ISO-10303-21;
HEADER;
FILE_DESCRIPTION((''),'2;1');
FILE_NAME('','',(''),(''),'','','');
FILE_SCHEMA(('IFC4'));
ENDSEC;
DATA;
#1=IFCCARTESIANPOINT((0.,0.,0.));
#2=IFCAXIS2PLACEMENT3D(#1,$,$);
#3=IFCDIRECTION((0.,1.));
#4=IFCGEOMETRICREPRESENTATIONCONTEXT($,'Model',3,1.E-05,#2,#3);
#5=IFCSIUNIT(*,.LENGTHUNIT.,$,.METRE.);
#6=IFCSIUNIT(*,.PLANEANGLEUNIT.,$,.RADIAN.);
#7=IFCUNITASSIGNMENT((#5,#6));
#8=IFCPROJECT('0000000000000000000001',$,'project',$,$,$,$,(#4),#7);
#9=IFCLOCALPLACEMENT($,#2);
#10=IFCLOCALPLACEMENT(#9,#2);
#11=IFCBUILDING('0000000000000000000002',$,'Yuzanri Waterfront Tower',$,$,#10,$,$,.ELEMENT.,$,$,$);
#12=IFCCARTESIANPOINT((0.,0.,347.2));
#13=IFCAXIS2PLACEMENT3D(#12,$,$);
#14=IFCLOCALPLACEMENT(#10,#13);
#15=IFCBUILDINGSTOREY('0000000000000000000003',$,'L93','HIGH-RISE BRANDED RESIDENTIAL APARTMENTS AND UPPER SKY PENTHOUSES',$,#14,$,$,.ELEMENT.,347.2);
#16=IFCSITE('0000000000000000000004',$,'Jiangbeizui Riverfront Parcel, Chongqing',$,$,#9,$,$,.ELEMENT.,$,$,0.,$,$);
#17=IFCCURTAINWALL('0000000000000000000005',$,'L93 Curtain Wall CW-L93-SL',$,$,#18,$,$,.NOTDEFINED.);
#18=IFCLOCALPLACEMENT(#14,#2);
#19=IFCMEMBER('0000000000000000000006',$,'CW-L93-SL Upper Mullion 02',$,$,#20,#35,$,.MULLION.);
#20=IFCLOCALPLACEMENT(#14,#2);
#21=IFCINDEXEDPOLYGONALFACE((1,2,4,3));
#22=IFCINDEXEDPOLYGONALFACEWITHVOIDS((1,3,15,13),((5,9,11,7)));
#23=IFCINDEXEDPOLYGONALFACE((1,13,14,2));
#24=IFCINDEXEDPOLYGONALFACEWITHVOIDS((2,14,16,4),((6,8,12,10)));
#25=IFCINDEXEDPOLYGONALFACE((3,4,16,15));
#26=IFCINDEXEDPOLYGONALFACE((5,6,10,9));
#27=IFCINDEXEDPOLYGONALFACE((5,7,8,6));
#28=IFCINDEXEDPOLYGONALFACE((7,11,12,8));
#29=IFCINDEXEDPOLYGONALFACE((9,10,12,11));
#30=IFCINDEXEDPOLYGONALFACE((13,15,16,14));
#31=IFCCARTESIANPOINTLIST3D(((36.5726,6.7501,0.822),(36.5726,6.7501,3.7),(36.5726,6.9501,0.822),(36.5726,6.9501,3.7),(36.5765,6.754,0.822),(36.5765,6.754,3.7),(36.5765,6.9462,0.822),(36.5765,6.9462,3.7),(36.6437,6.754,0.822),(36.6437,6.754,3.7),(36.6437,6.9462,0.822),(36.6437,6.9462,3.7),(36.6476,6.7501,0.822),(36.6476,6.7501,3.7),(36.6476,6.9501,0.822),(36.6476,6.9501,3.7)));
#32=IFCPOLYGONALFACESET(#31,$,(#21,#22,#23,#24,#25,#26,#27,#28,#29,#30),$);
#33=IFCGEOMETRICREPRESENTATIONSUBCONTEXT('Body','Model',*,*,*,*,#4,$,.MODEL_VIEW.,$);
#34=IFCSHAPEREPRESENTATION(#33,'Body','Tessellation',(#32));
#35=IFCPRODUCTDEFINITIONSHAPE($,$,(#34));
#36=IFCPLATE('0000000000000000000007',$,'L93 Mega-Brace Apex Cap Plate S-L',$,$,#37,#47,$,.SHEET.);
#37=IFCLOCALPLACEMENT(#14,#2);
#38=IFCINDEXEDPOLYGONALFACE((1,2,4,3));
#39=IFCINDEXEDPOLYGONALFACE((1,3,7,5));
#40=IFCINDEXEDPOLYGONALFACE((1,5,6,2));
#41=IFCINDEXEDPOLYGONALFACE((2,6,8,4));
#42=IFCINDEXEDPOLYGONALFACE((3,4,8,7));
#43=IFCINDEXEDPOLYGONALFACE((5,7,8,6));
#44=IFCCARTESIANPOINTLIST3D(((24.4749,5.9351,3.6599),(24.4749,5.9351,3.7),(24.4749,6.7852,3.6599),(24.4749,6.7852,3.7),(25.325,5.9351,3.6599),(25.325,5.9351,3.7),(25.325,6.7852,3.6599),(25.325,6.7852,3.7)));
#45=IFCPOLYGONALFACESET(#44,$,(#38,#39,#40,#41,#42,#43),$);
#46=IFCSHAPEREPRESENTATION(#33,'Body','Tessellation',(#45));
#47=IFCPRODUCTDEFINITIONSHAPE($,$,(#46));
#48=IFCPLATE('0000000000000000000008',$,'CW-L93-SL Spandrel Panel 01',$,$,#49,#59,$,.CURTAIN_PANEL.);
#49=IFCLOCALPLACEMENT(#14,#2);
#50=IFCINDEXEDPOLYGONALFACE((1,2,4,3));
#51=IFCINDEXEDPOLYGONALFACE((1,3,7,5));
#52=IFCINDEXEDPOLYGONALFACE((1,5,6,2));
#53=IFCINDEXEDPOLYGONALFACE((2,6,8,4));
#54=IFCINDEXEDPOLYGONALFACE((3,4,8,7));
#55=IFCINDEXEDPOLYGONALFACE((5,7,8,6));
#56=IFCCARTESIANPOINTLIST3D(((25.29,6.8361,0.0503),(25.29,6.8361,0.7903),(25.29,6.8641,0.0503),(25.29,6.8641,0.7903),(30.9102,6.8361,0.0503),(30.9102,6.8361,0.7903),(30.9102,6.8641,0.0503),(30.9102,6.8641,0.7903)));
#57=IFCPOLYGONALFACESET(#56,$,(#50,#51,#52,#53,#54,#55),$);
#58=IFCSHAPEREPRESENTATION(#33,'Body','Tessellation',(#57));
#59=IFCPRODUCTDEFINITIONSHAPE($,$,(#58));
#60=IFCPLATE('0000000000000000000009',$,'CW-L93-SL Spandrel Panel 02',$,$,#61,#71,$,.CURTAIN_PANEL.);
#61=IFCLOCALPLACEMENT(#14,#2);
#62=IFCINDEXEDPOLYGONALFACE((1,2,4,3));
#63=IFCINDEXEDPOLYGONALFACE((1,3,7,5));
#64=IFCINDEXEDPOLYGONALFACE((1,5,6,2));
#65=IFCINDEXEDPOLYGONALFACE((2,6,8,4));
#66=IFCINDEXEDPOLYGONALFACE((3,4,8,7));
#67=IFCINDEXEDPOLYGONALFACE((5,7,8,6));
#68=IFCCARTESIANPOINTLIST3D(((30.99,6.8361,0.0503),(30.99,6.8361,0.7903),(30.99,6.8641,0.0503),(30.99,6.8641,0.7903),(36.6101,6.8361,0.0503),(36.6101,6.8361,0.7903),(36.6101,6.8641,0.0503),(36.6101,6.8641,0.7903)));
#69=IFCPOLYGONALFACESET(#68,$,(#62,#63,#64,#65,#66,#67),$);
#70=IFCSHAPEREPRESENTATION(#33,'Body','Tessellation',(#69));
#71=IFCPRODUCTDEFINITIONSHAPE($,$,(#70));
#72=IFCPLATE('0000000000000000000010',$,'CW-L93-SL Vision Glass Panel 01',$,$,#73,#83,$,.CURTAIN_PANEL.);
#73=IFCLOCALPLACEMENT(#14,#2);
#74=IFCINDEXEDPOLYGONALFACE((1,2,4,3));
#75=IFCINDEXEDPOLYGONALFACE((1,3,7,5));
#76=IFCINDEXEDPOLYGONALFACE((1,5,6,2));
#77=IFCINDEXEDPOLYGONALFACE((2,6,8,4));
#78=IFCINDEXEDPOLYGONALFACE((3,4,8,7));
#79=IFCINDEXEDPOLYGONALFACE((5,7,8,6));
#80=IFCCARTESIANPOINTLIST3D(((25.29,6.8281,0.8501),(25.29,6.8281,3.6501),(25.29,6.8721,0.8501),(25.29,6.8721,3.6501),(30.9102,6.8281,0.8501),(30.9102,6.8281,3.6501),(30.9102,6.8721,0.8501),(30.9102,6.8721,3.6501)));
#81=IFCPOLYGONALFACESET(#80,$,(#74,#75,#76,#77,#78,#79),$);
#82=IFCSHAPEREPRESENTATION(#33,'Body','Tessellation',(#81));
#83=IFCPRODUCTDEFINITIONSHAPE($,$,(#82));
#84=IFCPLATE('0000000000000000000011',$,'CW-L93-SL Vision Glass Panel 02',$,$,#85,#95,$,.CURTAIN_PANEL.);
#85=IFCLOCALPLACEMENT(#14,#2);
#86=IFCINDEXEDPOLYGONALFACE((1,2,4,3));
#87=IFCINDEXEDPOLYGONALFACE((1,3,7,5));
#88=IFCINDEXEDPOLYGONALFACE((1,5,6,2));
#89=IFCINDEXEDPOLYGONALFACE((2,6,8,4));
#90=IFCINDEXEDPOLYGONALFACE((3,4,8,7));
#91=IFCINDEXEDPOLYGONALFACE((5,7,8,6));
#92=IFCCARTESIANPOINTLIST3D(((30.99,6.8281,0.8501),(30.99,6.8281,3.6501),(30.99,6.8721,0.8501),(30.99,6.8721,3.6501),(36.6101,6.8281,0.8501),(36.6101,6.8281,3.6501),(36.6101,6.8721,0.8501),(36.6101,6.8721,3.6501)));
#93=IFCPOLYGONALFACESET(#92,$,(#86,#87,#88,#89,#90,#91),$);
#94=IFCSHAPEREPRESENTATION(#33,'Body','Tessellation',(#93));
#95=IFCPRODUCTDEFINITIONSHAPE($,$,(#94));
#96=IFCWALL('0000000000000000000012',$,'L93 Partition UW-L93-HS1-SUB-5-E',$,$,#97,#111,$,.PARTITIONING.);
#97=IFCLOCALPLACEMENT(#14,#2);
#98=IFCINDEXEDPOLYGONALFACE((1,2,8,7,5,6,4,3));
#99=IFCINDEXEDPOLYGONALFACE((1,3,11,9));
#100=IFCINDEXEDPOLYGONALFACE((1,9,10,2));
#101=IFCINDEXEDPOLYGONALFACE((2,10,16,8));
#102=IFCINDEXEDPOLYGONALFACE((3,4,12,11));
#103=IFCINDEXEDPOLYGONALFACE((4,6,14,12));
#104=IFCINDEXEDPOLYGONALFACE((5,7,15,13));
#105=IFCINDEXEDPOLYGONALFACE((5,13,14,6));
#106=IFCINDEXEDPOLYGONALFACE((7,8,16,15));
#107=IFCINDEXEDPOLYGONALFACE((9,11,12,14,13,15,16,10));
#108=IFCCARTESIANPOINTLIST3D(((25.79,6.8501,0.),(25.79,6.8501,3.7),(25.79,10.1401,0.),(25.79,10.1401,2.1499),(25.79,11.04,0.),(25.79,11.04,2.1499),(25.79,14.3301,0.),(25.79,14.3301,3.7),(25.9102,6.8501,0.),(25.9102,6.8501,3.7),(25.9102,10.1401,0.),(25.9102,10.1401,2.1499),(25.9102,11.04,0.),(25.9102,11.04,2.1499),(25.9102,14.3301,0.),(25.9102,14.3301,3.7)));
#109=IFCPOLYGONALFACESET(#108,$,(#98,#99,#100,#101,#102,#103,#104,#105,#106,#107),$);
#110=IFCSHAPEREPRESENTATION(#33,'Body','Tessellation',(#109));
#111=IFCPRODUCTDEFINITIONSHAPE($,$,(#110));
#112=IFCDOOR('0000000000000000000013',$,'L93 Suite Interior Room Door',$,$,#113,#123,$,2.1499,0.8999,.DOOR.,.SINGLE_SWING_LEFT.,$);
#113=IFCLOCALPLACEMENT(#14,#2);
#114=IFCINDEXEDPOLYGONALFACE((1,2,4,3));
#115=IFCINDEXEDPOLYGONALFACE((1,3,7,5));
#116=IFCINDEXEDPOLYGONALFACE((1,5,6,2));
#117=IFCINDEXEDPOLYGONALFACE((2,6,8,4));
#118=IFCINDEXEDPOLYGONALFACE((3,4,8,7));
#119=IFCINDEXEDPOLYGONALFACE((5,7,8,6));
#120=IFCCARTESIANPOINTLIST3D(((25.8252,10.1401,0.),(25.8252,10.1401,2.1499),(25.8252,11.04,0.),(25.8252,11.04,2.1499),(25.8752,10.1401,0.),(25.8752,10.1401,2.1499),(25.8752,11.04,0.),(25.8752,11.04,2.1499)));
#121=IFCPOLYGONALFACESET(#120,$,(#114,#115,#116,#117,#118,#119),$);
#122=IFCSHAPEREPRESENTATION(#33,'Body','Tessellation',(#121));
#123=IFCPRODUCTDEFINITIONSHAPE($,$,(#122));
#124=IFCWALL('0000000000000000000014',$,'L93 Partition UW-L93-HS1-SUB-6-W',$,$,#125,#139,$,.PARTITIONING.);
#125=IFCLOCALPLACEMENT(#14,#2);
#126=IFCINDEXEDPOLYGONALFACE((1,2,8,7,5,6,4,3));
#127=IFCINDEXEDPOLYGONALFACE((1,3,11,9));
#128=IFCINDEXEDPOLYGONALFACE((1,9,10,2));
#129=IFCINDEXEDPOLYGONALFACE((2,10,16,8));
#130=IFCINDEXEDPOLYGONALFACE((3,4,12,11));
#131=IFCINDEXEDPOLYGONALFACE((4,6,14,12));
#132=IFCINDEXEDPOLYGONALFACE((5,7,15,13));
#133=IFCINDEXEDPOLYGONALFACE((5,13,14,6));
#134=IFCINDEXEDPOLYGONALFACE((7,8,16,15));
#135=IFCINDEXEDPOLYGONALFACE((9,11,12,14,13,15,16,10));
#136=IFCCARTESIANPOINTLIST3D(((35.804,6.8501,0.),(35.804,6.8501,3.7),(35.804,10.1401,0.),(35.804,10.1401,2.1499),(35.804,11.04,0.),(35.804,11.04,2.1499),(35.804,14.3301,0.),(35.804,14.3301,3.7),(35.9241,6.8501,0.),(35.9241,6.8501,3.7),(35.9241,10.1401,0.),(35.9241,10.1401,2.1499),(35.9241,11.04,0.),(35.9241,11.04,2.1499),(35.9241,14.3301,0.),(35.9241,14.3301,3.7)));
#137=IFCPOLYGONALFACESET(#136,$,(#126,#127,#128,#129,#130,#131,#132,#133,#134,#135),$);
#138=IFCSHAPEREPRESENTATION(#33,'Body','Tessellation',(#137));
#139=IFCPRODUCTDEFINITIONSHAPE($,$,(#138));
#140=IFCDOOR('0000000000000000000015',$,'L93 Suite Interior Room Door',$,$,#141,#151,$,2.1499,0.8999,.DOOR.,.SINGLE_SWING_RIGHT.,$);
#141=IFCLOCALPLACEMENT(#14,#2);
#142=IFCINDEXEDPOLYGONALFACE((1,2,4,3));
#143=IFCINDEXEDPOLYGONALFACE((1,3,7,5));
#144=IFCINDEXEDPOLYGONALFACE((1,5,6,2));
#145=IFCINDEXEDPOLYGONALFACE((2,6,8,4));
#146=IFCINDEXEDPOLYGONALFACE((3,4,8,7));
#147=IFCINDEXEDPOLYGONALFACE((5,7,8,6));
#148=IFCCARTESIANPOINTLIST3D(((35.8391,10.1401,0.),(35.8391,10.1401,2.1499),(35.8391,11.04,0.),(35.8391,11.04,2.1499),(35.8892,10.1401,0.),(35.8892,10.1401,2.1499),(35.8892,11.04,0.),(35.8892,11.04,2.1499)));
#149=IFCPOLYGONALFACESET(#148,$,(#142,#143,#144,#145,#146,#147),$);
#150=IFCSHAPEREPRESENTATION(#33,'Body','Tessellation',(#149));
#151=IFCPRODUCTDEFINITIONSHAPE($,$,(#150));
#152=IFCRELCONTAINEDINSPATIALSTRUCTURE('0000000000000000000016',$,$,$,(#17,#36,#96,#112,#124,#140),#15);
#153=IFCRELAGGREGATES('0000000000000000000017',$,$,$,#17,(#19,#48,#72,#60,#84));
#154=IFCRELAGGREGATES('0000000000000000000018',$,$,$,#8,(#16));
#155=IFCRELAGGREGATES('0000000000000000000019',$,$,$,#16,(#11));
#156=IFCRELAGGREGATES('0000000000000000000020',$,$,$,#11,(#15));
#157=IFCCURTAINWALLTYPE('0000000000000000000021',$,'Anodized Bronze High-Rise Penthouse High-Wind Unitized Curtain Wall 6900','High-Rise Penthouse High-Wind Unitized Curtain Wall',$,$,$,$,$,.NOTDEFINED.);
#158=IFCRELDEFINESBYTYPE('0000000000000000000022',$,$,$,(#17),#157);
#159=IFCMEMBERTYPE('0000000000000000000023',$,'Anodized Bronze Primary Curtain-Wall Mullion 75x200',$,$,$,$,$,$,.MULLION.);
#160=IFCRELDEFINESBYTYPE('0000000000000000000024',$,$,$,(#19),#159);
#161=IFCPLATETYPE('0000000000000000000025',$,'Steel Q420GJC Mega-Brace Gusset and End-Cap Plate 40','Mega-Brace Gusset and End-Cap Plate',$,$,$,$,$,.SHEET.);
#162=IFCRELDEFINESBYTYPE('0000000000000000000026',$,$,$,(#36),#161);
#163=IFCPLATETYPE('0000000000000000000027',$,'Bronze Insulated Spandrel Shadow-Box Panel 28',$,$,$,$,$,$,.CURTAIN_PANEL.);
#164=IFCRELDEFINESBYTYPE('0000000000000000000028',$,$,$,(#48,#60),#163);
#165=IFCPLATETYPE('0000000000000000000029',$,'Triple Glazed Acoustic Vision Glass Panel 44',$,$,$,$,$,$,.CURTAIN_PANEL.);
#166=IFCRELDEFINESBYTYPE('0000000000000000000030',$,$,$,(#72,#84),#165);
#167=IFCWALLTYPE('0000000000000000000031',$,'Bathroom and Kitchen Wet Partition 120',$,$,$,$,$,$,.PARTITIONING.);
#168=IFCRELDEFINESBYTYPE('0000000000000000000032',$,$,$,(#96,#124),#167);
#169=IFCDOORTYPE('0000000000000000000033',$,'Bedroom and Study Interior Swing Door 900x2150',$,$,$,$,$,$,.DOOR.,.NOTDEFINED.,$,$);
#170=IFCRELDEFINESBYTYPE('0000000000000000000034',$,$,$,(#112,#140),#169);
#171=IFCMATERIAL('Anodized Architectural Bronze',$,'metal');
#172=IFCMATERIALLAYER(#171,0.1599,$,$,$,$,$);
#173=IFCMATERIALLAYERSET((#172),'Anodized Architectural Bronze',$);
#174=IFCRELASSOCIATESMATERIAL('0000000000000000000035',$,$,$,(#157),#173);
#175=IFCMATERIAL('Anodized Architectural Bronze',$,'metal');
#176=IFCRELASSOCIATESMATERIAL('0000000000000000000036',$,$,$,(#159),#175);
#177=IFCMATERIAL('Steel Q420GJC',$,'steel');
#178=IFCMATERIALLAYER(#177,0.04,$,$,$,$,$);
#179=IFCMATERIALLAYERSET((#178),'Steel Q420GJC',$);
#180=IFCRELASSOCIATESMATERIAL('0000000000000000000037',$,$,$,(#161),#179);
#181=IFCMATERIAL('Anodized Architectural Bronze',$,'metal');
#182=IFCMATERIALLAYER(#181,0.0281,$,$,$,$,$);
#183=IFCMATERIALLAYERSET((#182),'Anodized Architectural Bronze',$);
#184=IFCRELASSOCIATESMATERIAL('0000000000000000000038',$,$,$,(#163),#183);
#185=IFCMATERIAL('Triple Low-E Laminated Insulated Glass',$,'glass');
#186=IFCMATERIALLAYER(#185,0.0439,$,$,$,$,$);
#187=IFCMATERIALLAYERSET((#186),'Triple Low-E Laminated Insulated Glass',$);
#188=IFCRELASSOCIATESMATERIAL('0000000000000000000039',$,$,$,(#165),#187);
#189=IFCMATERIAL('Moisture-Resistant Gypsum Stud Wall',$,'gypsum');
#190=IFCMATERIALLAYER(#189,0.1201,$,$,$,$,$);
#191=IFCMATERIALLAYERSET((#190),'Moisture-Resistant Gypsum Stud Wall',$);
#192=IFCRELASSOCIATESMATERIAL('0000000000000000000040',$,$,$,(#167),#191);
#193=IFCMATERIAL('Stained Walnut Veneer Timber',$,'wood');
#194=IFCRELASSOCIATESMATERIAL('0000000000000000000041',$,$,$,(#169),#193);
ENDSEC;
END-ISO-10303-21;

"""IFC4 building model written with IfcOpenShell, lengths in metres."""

from ifc_helpers import new_model, si_unit, direction, frame, frame_2d, origin, origin_2d, place, context, subcontext, project, spatial, rectangle, hollow_rectangle, extrude, source, transform, mapped, material, layer, layer_set, material_profile, profile_set, type_object, element, fill, aggregate, save


model = new_model("IFC4")

# Units and contexts
model_context = context("Model", 3, precision=1e-05, world=origin(), true_north=direction((0.0, 1.0)))
body_context = subcontext(model_context, "Body", "Model", "MODEL_VIEW")
ifc_project = project(units=[si_unit("LENGTHUNIT", "METRE"), si_unit("PLANEANGLEUNIT", "RADIAN")], contexts=[model_context])

# Site, building, storey
site_placement = place(None, origin())
site = spatial("IfcSite", under=ifc_project, at=site_placement, Name="Jiangbeizui Riverfront Parcel, Chongqing", CompositionType="ELEMENT", RefElevation=0.0)
building_placement = place(site_placement, origin())
building = spatial("IfcBuilding", under=site, at=building_placement, Name="Yuzanri Waterfront Tower", CompositionType="ELEMENT")
storey_placement = place(building_placement, frame((0.0, 0.0, 347.2)))
storey = spatial("IfcBuildingStorey", under=building, at=storey_placement, Name="L93", Description="HIGH-RISE BRANDED RESIDENTIAL APARTMENTS AND UPPER SKY PENTHOUSES", CompositionType="ELEMENT", Elevation=347.2)

# Curtain wall, member
ifc_material_1 = material(Name="Anodized Architectural Bronze", Category="metal")
ifc_layer_1 = layer(ifc_material_1, 0.1599)
ifc_layer_set_1 = layer_set([ifc_layer_1], Name="Anodized Architectural Bronze")
curtain_wall_type = type_object("IfcCurtainWallType", Name="Anodized Bronze High-Rise Penthouse High-Wind Unitized Curtain Wall 6900", Description="High-Rise Penthouse High-Wind Unitized Curtain Wall", PredefinedType="NOTDEFINED", material=ifc_layer_set_1)
curtain_wall_placement = place(storey_placement, origin())
curtain_wall = element("IfcCurtainWall", 1, at=curtain_wall_placement, inside=storey, type_object=curtain_wall_type, Name="L93 Curtain Wall CW-L93-SL", PredefinedType="NOTDEFINED")
ifc_material_2 = material(Name="Anodized Architectural Bronze", Category="metal")
ifc_material_profile_1 = material_profile(ifc_material_2, hollow_rectangle(XDim=0.075, YDim=0.2, WallThickness=0.0039, at=origin_2d()), Name="CWM 75x200")
ifc_profile_set_1 = profile_set([ifc_material_profile_1], Name="Anodized Architectural Bronze")
member_type_1 = type_object("IfcMemberType", Name="Anodized Bronze Primary Curtain-Wall Mullion 75x200", PredefinedType="MULLION", material=ifc_profile_set_1)
shared_shape_1 = source(origin(), body_context, "Body", "SweptSolid", [
    extrude(hollow_rectangle(XDim=0.075, YDim=0.2, WallThickness=0.0039, at=origin_2d()), origin(), (0.0, 0.0, 1.0), 2.8779),
])
member_1_placement = place(storey_placement, frame((36.6101, 6.8501, 0.822), z_axis=(0.0, 0.0, 1.0), x_axis=(1.0, 0.0, 0.0)))
member_1 = element("IfcMember", 2, at=member_1_placement, type_object=member_type_1, Name="CW-L93-SL Upper Mullion 02", PredefinedType="MULLION", context=body_context, shape_type="MappedRepresentation", body=[
    mapped(shared_shape_1, transform((0.0, 0.0, 0.0), scale=1.0)),
])

# Plates
ifc_material_3 = material(Name="Steel Q420GJC", Category="steel")
ifc_layer_2 = layer(ifc_material_3, 0.04)
ifc_layer_set_2 = layer_set([ifc_layer_2], Name="Steel Q420GJC")
plate_type_1 = type_object("IfcPlateType", Name="Steel Q420GJC Mega-Brace Gusset and End-Cap Plate 40", Description="Mega-Brace Gusset and End-Cap Plate", PredefinedType="SHEET", material=ifc_layer_set_2)
shared_shape_2 = source(origin(), body_context, "Body", "SweptSolid", [
    extrude(rectangle(XDim=0.8501, YDim=0.8501, at=origin_2d()), origin(), (0.0, 0.0, 1.0), 0.04),
])
plate_1_placement = place(storey_placement, frame((24.8999, 6.3601, 3.6599), z_axis=(0.0, 0.0, 1.0), x_axis=(1.0, 0.0, 0.0)))
element("IfcPlate", 3, at=plate_1_placement, inside=storey, type_object=plate_type_1, Name="L93 Mega-Brace Apex Cap Plate S-L", PredefinedType="SHEET", context=body_context, shape_type="MappedRepresentation", body=[
    mapped(shared_shape_2, transform((0.0, 0.0, 0.0), scale=1.0)),
])
ifc_material_4 = material(Name="Anodized Architectural Bronze", Category="metal")
ifc_layer_3 = layer(ifc_material_4, 0.0281)
ifc_layer_set_3 = layer_set([ifc_layer_3], Name="Anodized Architectural Bronze")
plate_type_2 = type_object("IfcPlateType", Name="Bronze Insulated Spandrel Shadow-Box Panel 28", PredefinedType="CURTAIN_PANEL", material=ifc_layer_set_3)
shared_shape_3 = source(origin(), body_context, "Body", "SweptSolid", [
    extrude(rectangle(XDim=5.6201, YDim=0.0281, at=origin_2d()), origin(), (0.0, 0.0, 1.0), 0.74),
])
plate_2_placement = place(storey_placement, frame((28.1001, 6.8501, 0.0503), z_axis=(0.0, 0.0, 1.0), x_axis=(1.0, 0.0, 0.0)))
plate_2 = element("IfcPlate", 4, at=plate_2_placement, type_object=plate_type_2, Name="CW-L93-SL Spandrel Panel 01", PredefinedType="CURTAIN_PANEL", context=body_context, shape_type="MappedRepresentation", body=[
    mapped(shared_shape_3, transform((0.0, 0.0, 0.0), scale=1.0)),
])
plate_3_placement = place(storey_placement, frame((33.8, 6.8501, 0.0503), z_axis=(0.0, 0.0, 1.0), x_axis=(1.0, 0.0, 0.0)))
plate_3 = element("IfcPlate", 5, at=plate_3_placement, type_object=plate_type_2, Name="CW-L93-SL Spandrel Panel 02", PredefinedType="CURTAIN_PANEL", context=body_context, shape_type="MappedRepresentation", body=[
    mapped(shared_shape_3, transform((0.0, 0.0, 0.0), scale=1.0)),
])
ifc_material_5 = material(Name="Triple Low-E Laminated Insulated Glass", Category="glass")
ifc_layer_4 = layer(ifc_material_5, 0.0439)
ifc_layer_set_4 = layer_set([ifc_layer_4], Name="Triple Low-E Laminated Insulated Glass")
plate_type_3 = type_object("IfcPlateType", Name="Triple Glazed Acoustic Vision Glass Panel 44", PredefinedType="CURTAIN_PANEL", material=ifc_layer_set_4)
shared_shape_4 = source(origin(), body_context, "Body", "SweptSolid", [
    extrude(rectangle(XDim=5.6201, YDim=0.0439, at=origin_2d()), origin(), (0.0, 0.0, 1.0), 2.8),
])
plate_4_placement = place(storey_placement, frame((28.1001, 6.8501, 0.8501), z_axis=(0.0, 0.0, 1.0), x_axis=(1.0, 0.0, 0.0)))
plate_4 = element("IfcPlate", 6, at=plate_4_placement, type_object=plate_type_3, Name="CW-L93-SL Vision Glass Panel 01", PredefinedType="CURTAIN_PANEL", context=body_context, shape_type="MappedRepresentation", body=[
    mapped(shared_shape_4, transform((0.0, 0.0, 0.0), scale=1.0)),
])
plate_5_placement = place(storey_placement, frame((33.8, 6.8501, 0.8501), z_axis=(0.0, 0.0, 1.0), x_axis=(1.0, 0.0, 0.0)))
plate_5 = element("IfcPlate", 7, at=plate_5_placement, type_object=plate_type_3, Name="CW-L93-SL Vision Glass Panel 02", PredefinedType="CURTAIN_PANEL", context=body_context, shape_type="MappedRepresentation", body=[
    mapped(shared_shape_4, transform((0.0, 0.0, 0.0), scale=1.0)),
])
aggregate(curtain_wall, [member_1, plate_2, plate_4, plate_3, plate_5])

# Walls, openings, doors
ifc_material_6 = material(Name="Moisture-Resistant Gypsum Stud Wall", Category="gypsum")
ifc_layer_5 = layer(ifc_material_6, 0.1201)
ifc_layer_set_5 = layer_set([ifc_layer_5], Name="Moisture-Resistant Gypsum Stud Wall")
wall_type = type_object("IfcWallType", Name="Bathroom and Kitchen Wet Partition 120", PredefinedType="PARTITIONING", material=ifc_layer_set_5)
wall_1_placement = place(storey_placement, frame((25.8501, 6.8501, 0.0), z_axis=(0.0, 0.0, 1.0), x_axis=(0.0, 1.0, 0.0)))
wall_1 = element("IfcWall", 8, at=wall_1_placement, inside=storey, type_object=wall_type, Name="L93 Partition UW-L93-HS1-SUB-5-E", PredefinedType="PARTITIONING", context=body_context, shape_type="SweptSolid", body=[
    extrude(rectangle(XDim=7.48, YDim=0.1201, at=frame_2d((3.74, 0.0))), origin(), (0.0, 0.0, 1.0), 3.7),
])
opening_1_placement = place(wall_1_placement, frame((3.29, 0.0, 0.0)))
opening_1 = element("IfcOpeningElement", 9, at=opening_1_placement, cuts=wall_1, PredefinedType="OPENING", context=body_context, shape_type="SweptSolid", body=[
    extrude(rectangle(XDim=0.8999, YDim=2.1499, at=frame_2d((0.45, 1.075))), frame((0.0, 0.075, 0.0), z_axis=(0.0, -1.0, 0.0), x_axis=(1.0, 0.0, 0.0)), (0.0, 0.0, 1.0), 0.1499),
])
ifc_material_7 = material(Name="Stained Walnut Veneer Timber", Category="wood")
door_type = type_object("IfcDoorType", Name="Bedroom and Study Interior Swing Door 900x2150", OperationType="NOTDEFINED", PredefinedType="DOOR", material=ifc_material_7)
shared_shape_5 = source(origin(), body_context, "Body", "SweptSolid", [
    extrude(rectangle(XDim=0.8999, YDim=2.1499, at=frame_2d((0.45, 1.075))), frame((0.0, 0.0249, 0.0), z_axis=(0.0, -1.0, 0.0), x_axis=(1.0, 0.0, 0.0)), (0.0, 0.0, 1.0), 0.05),
])
door_1_placement = place(opening_1_placement, origin())
door_1 = element("IfcDoor", 10, at=door_1_placement, inside=storey, type_object=door_type, Name="L93 Suite Interior Room Door", OperationType="SINGLE_SWING_LEFT", OverallHeight=2.1499, OverallWidth=0.8999, PredefinedType="DOOR", context=body_context, shape_type="MappedRepresentation", body=[
    mapped(shared_shape_5, transform((0.0, 0.0, 0.0), scale=1.0)),
])
fill(opening_1, door_1)
wall_2_placement = place(storey_placement, frame((35.864, 6.8501, 0.0), z_axis=(0.0, 0.0, 1.0), x_axis=(0.0, 1.0, 0.0)))
wall_2 = element("IfcWall", 11, at=wall_2_placement, inside=storey, type_object=wall_type, Name="L93 Partition UW-L93-HS1-SUB-6-W", PredefinedType="PARTITIONING", context=body_context, shape_type="SweptSolid", body=[
    extrude(rectangle(XDim=7.48, YDim=0.1201, at=frame_2d((3.74, 0.0))), origin(), (0.0, 0.0, 1.0), 3.7),
])
opening_2_placement = place(wall_2_placement, frame((3.29, 0.0, 0.0)))
opening_2 = element("IfcOpeningElement", 12, at=opening_2_placement, cuts=wall_2, PredefinedType="OPENING", context=body_context, shape_type="SweptSolid", body=[
    extrude(rectangle(XDim=0.8999, YDim=2.1499, at=frame_2d((0.45, 1.075))), frame((0.0, 0.075, 0.0), z_axis=(0.0, -1.0, 0.0), x_axis=(1.0, 0.0, 0.0)), (0.0, 0.0, 1.0), 0.1499),
])
door_2_placement = place(opening_2_placement, origin())
door_2 = element("IfcDoor", 13, at=door_2_placement, inside=storey, type_object=door_type, Name="L93 Suite Interior Room Door", OperationType="SINGLE_SWING_RIGHT", OverallHeight=2.1499, OverallWidth=0.8999, PredefinedType="DOOR", context=body_context, shape_type="MappedRepresentation", body=[
    mapped(shared_shape_5, transform((0.0, 0.0, 0.0), scale=1.0)),
])
fill(opening_2, door_2)

save(model, "model.ifc")
